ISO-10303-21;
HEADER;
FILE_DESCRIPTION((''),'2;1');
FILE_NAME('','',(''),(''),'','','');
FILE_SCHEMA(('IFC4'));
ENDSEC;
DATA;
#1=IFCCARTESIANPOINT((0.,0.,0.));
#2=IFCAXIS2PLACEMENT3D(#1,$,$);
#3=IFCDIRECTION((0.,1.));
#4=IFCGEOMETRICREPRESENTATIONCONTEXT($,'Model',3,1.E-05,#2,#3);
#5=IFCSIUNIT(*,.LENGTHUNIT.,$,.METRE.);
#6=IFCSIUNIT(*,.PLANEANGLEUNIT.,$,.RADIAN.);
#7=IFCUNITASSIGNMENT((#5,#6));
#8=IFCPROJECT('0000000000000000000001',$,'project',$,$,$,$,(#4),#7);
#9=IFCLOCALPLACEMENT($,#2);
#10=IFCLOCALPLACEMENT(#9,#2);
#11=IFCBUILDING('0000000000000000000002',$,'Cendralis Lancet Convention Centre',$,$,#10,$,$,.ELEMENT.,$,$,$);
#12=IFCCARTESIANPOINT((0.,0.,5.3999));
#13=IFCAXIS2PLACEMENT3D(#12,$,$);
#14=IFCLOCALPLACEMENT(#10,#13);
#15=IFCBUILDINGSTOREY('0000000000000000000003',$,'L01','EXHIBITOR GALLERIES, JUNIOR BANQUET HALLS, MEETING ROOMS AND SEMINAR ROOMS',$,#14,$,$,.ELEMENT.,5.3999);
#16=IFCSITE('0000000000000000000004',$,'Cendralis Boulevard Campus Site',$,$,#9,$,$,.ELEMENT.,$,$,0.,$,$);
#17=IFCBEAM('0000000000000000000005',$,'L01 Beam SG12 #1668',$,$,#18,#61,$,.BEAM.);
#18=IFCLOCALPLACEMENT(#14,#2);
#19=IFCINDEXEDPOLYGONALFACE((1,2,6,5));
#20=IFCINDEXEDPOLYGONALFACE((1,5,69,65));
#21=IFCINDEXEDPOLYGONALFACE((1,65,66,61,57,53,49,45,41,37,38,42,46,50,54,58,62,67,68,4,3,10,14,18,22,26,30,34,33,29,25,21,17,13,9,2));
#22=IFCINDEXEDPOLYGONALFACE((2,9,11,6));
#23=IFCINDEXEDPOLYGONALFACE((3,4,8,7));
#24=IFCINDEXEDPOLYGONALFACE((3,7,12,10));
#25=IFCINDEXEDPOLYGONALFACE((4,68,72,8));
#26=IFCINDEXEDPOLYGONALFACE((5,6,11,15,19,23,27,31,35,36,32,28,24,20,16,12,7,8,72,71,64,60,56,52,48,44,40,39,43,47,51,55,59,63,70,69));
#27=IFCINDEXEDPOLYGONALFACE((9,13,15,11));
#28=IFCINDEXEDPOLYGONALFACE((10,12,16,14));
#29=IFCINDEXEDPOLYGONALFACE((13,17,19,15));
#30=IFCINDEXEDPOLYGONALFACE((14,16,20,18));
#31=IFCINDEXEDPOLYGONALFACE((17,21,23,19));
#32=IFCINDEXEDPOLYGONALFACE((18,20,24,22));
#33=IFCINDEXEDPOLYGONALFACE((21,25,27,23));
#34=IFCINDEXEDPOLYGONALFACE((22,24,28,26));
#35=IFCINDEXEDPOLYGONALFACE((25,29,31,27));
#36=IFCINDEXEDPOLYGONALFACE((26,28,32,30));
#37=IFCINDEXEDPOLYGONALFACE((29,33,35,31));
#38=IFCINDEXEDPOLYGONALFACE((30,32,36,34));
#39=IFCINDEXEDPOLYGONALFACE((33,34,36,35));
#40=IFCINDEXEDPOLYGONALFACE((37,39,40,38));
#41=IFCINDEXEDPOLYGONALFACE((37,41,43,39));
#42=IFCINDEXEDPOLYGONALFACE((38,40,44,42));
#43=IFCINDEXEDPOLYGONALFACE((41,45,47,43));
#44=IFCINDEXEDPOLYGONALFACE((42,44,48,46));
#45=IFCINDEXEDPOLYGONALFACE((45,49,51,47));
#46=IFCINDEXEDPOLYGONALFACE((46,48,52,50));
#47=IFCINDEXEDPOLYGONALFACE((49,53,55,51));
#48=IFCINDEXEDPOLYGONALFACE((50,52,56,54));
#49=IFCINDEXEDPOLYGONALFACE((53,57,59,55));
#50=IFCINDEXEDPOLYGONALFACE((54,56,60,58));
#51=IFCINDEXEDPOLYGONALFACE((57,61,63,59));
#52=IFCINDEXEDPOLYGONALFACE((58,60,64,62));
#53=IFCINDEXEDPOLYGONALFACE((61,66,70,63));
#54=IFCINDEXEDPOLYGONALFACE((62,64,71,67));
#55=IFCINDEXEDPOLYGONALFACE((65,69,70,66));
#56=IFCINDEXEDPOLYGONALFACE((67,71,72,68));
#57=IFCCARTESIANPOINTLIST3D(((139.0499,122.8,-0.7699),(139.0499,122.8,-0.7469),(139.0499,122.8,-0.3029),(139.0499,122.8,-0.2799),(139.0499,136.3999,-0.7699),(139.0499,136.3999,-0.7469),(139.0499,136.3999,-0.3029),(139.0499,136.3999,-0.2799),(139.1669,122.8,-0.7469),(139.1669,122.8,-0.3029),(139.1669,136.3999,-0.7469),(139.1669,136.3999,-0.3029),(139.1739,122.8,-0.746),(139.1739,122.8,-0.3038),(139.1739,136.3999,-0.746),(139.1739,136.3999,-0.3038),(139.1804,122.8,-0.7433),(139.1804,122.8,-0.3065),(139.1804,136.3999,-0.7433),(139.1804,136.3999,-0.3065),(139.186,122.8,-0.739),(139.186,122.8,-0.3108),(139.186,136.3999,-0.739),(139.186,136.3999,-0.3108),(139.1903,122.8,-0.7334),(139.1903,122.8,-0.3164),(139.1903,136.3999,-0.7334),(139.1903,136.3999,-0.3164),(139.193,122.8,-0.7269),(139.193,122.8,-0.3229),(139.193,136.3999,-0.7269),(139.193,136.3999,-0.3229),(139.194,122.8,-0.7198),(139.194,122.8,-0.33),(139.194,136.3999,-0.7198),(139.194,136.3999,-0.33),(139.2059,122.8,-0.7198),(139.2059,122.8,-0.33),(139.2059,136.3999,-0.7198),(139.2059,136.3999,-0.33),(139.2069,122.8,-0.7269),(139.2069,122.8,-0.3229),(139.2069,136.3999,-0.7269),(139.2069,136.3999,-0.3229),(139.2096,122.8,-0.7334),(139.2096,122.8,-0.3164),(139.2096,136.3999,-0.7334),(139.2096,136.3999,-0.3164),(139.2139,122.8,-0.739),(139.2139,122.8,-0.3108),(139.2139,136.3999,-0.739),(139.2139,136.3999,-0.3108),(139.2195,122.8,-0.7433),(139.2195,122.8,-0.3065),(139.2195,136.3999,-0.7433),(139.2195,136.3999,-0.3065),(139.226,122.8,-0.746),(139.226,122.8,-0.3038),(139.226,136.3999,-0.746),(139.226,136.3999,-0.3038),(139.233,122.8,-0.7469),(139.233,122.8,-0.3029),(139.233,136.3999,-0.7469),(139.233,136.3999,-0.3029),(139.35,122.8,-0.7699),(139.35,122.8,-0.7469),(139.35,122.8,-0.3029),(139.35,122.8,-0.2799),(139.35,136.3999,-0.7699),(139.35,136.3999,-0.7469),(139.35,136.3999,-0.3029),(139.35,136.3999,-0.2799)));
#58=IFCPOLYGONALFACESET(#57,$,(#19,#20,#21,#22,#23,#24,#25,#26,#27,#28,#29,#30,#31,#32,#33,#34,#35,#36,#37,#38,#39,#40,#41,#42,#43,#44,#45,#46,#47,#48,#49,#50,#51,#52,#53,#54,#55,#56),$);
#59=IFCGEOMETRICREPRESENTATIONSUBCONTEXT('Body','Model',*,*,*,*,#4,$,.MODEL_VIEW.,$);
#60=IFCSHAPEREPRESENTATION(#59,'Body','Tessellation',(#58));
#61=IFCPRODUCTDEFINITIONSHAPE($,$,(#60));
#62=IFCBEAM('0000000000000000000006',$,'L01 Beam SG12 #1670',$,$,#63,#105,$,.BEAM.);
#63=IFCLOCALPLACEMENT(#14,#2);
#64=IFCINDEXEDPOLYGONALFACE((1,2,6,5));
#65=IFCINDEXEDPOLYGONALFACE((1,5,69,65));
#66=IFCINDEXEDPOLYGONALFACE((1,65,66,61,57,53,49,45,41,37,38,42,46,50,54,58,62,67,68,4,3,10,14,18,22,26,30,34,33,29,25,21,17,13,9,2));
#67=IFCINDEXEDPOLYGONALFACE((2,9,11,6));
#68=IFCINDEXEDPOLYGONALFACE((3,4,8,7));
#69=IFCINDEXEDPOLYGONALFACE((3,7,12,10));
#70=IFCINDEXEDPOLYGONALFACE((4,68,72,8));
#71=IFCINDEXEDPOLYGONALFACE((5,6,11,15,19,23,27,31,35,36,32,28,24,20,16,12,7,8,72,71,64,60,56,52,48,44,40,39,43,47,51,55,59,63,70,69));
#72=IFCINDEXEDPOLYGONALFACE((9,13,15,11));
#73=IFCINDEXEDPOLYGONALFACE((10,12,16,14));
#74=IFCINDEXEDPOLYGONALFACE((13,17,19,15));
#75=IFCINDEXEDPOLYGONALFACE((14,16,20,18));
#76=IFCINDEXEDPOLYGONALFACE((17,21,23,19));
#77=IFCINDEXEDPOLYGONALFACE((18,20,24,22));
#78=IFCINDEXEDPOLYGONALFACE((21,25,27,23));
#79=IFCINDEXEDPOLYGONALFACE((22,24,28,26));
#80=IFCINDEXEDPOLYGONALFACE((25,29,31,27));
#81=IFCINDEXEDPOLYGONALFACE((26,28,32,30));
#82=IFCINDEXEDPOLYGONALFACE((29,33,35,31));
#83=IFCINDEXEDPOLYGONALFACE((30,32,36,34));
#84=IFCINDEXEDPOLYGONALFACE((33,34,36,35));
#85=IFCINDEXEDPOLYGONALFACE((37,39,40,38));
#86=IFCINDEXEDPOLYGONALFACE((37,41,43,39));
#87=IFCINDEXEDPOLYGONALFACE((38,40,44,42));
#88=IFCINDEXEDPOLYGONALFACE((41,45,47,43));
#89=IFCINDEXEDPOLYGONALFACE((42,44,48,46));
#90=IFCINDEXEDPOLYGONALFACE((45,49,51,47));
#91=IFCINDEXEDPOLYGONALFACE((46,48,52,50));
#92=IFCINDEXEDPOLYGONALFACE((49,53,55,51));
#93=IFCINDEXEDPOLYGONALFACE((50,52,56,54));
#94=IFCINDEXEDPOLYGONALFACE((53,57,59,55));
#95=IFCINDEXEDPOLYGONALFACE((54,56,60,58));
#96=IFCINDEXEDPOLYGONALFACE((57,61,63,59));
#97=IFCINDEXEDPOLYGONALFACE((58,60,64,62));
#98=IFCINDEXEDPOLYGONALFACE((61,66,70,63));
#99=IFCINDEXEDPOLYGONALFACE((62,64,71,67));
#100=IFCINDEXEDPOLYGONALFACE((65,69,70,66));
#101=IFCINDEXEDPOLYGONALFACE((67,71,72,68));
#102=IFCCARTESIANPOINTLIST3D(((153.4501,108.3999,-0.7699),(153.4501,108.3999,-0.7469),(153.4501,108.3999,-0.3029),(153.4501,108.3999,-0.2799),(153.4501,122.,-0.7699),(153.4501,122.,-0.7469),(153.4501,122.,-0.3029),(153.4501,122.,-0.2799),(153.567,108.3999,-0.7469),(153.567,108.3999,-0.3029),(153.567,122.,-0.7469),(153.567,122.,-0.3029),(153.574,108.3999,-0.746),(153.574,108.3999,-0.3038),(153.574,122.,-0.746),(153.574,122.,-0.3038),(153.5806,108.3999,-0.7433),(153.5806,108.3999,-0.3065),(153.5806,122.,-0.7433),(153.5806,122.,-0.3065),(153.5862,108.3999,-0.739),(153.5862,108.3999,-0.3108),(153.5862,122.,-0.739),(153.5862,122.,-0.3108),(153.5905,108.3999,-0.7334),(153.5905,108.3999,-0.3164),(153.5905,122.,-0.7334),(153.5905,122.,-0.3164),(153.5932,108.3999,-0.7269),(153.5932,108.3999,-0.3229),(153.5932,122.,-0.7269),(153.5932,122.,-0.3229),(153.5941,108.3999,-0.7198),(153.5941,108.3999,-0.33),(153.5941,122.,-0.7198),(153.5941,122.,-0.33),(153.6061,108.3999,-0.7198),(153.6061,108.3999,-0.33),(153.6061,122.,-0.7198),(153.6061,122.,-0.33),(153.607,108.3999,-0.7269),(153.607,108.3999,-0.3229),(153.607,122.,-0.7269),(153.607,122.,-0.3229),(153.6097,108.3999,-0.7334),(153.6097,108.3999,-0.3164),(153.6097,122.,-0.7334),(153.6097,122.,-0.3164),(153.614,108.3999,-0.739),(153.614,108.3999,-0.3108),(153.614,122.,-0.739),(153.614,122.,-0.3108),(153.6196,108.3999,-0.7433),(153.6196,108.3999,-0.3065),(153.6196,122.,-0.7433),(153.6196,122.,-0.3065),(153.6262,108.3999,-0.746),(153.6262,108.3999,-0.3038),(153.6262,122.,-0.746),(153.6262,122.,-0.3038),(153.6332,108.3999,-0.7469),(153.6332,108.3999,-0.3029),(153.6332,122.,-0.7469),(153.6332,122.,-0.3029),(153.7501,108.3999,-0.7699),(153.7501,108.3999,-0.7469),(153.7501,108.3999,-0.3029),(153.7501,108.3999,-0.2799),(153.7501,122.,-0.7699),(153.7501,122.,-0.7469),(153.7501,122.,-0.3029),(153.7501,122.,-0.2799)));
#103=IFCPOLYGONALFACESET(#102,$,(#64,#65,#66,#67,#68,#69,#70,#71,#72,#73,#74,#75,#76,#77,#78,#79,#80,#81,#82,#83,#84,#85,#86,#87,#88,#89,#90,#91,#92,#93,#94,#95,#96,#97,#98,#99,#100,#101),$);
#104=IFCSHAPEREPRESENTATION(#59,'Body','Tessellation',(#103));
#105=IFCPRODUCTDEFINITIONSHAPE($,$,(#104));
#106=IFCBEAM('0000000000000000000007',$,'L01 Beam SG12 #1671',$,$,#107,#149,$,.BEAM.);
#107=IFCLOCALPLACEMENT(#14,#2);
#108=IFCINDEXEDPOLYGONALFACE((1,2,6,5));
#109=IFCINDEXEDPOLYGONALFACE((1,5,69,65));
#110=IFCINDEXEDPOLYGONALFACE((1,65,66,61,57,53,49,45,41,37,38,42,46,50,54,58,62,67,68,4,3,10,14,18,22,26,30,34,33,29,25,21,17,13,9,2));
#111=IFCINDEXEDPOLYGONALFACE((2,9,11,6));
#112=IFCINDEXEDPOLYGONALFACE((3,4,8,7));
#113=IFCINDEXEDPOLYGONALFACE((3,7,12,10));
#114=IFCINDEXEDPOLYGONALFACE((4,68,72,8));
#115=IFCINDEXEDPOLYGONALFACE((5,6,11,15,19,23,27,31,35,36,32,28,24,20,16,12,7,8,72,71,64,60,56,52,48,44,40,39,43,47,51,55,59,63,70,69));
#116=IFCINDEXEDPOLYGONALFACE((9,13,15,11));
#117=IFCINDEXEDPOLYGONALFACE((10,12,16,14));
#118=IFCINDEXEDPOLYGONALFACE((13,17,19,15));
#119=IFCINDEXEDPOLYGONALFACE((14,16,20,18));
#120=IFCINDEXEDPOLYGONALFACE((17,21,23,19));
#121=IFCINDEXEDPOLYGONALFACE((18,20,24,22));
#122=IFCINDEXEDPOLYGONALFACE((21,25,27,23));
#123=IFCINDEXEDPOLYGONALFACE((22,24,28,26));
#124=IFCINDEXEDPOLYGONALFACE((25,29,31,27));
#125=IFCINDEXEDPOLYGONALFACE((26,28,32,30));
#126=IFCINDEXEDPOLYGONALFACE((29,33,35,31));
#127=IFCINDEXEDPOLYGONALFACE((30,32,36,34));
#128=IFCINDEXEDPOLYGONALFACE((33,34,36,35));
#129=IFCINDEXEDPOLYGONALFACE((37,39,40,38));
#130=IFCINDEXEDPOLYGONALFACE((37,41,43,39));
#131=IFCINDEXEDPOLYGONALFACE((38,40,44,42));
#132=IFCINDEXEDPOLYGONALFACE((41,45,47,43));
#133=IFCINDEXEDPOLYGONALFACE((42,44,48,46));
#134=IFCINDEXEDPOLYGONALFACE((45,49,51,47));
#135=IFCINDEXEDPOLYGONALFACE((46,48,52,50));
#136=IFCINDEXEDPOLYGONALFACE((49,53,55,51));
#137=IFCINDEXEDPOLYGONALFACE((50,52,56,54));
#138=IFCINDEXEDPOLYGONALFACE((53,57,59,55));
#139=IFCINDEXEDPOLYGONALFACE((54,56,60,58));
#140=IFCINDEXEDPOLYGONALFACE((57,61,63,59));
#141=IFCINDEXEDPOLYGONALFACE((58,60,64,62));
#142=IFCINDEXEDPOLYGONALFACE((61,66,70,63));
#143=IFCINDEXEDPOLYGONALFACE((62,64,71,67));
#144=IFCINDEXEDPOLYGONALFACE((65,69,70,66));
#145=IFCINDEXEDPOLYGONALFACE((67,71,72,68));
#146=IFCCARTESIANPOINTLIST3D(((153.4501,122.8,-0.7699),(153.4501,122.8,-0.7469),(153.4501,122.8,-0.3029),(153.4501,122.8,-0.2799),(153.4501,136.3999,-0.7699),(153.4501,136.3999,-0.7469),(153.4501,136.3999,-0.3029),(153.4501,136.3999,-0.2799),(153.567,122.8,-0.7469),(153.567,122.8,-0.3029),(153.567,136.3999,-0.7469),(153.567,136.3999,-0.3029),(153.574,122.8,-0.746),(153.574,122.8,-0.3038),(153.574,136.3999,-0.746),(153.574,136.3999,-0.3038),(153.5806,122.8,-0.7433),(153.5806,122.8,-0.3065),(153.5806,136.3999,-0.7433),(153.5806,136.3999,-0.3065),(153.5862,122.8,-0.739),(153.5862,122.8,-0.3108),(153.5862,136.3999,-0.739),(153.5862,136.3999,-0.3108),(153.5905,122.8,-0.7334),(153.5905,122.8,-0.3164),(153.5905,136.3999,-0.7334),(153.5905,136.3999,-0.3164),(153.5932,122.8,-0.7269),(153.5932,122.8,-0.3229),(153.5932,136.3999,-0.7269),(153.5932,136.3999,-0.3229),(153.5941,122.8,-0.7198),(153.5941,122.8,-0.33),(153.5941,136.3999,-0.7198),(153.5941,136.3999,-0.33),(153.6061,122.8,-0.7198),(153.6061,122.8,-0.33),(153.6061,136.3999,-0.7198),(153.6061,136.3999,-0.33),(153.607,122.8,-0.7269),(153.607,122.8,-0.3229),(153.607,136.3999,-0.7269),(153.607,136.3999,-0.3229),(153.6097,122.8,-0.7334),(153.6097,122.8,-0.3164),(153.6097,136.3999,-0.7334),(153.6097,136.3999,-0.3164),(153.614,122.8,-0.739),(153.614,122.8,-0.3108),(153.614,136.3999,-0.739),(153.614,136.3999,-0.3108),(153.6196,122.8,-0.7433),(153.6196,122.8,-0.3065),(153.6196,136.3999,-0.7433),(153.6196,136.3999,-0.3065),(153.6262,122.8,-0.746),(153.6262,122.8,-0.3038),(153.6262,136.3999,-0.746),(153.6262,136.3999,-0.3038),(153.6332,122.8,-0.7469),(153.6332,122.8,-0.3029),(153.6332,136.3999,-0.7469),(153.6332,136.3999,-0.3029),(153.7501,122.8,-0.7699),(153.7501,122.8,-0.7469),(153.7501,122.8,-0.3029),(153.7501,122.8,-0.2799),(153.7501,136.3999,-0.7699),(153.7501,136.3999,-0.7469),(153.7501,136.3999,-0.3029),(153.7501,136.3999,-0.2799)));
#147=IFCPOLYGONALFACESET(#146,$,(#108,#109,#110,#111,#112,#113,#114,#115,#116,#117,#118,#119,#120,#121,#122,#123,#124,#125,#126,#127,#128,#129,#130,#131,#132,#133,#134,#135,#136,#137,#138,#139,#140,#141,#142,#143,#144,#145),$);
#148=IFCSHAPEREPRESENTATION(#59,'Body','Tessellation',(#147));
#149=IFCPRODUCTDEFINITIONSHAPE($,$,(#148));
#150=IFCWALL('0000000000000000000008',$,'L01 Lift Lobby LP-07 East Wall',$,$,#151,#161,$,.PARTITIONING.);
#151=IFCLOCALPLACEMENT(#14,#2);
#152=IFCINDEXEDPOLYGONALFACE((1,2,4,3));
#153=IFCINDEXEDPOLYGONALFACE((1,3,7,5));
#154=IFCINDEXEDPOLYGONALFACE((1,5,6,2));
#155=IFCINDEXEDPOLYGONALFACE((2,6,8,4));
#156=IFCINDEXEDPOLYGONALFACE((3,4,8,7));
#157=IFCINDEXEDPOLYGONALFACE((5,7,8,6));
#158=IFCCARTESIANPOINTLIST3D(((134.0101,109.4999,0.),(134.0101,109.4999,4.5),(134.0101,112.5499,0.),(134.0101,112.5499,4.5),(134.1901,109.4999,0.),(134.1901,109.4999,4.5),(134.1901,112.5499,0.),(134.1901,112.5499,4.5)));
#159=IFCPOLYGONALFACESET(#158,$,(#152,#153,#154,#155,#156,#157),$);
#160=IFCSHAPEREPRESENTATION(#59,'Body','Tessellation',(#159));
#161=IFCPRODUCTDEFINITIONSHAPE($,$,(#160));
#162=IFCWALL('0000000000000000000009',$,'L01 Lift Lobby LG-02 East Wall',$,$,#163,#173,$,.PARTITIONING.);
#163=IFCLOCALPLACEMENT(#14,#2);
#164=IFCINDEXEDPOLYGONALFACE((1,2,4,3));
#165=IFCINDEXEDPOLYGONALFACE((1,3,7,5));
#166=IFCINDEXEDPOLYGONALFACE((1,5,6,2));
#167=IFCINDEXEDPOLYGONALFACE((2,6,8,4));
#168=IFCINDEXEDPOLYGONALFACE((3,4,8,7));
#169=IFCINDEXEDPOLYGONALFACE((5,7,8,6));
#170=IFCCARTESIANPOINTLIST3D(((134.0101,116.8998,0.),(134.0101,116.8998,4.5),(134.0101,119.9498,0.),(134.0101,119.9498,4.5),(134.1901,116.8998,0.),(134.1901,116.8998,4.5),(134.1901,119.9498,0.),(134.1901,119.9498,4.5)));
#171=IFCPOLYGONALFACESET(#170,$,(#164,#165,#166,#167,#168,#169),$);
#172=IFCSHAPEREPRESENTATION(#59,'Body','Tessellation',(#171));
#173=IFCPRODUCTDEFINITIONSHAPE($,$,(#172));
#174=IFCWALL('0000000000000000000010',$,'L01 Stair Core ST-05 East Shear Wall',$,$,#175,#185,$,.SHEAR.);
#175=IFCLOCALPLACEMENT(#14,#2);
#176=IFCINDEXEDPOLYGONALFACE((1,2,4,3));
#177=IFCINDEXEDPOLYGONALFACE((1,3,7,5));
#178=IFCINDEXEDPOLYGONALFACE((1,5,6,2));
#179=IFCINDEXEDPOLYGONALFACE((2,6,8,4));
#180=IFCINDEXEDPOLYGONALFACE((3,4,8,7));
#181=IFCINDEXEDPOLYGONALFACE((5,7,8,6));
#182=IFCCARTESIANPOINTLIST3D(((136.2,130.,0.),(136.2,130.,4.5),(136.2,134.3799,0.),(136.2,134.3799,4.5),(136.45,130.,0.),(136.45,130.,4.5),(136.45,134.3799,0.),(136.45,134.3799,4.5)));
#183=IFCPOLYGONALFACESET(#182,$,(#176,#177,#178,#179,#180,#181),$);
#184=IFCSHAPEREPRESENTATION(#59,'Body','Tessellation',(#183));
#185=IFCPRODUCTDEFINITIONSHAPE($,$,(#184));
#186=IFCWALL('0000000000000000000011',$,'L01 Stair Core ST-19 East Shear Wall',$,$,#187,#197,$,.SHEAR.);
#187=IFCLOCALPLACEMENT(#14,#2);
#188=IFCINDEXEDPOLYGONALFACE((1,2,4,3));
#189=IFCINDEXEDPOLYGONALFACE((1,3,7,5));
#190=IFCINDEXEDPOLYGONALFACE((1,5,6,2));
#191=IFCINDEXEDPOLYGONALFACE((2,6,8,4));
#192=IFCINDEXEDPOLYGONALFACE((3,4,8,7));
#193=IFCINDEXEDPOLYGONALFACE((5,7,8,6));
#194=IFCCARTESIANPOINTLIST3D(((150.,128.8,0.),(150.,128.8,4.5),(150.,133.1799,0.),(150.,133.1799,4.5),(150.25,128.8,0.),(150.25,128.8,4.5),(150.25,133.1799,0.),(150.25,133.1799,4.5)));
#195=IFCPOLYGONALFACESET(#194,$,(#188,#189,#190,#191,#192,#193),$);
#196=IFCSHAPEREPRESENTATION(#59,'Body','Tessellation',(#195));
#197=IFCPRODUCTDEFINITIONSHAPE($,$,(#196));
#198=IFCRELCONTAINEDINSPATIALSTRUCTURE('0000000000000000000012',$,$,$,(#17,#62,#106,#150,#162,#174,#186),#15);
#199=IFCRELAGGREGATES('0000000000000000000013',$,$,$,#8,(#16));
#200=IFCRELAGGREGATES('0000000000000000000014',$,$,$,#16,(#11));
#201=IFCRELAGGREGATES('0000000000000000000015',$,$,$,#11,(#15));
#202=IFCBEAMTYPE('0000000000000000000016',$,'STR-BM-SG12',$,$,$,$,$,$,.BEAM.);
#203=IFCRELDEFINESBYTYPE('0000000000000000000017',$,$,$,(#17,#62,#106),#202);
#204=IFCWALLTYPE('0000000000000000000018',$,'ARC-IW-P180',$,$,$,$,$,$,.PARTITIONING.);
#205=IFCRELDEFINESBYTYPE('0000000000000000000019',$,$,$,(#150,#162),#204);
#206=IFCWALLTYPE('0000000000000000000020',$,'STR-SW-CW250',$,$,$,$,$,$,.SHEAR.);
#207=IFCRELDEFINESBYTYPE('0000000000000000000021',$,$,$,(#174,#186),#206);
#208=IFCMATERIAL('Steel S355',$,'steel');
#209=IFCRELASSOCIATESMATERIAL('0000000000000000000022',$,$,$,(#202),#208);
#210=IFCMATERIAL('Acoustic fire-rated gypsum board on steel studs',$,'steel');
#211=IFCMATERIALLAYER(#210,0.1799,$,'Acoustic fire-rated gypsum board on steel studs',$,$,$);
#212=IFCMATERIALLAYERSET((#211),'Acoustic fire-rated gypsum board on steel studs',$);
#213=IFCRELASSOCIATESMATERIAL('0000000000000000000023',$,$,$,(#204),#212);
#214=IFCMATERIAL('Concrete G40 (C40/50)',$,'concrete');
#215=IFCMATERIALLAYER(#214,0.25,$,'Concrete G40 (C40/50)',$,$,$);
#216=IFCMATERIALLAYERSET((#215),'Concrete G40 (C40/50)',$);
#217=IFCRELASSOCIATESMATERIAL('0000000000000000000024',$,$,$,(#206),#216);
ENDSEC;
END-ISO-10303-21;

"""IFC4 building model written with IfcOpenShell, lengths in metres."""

from ifc_helpers import new_model, si_unit, direction, frame, frame_2d, origin, origin_2d, place, context, subcontext, project, spatial, rectangle, i_section, extrude, material, layer, layer_set, material_profile, profile_set, type_object, element, save


model = new_model("IFC4")

# Units and contexts
model_context = context("Model", 3, precision=1e-05, world=origin(), true_north=direction((0.0, 1.0)))
body_context = subcontext(model_context, "Body", "Model", "MODEL_VIEW")
ifc_project = project(units=[si_unit("LENGTHUNIT", "METRE"), si_unit("PLANEANGLEUNIT", "RADIAN")], contexts=[model_context])

# Site, building, storey
site_placement = place(None, origin())
site = spatial("IfcSite", under=ifc_project, at=site_placement, Name="Cendralis Boulevard Campus Site", CompositionType="ELEMENT", RefElevation=0.0)
building_placement = place(site_placement, origin())
building = spatial("IfcBuilding", under=site, at=building_placement, Name="Cendralis Lancet Convention Centre", CompositionType="ELEMENT")
storey_placement = place(building_placement, frame((0.0, 0.0, 5.3999)))
storey = spatial("IfcBuildingStorey", under=building, at=storey_placement, Name="L01", Description="EXHIBITOR GALLERIES, JUNIOR BANQUET HALLS, MEETING ROOMS AND SEMINAR ROOMS", CompositionType="ELEMENT", Elevation=5.3999)

# Shared definitions
ifc_material_1 = material(Name="Steel S355", Category="steel")

# Beams
ifc_material_2 = material(Name="Concrete G40 (C40/50)", Category="concrete")
ifc_material_profile_1 = material_profile(ifc_material_1, i_section(OverallWidth=0.3, OverallDepth=0.49, WebThickness=0.012, FlangeThickness=0.0229, FilletRadius=0.0271, at=origin_2d()), Name="HEA 500")
ifc_profile_set_1 = profile_set([ifc_material_profile_1], Name="Steel S355")
beam_type_1 = type_object("IfcBeamType", Name="STR-BM-SG12", PredefinedType="BEAM", material=ifc_profile_set_1)
beam_1_placement = place(storey_placement, frame((139.2, 122.8, -0.5249), z_axis=(0.0, 1.0, 0.0), x_axis=(-1.0, 0.0, 0.0)))
element("IfcBeam", 1, at=beam_1_placement, inside=storey, type_object=beam_type_1, Name="L01 Beam SG12 #1668", PredefinedType="BEAM", context=body_context, shape_type="SweptSolid", body=[
    extrude(i_section(OverallWidth=0.3, OverallDepth=0.49, WebThickness=0.012, FlangeThickness=0.0229, FilletRadius=0.0271, at=origin_2d()), origin(), (0.0, 0.0, 1.0), 13.5999),
])
beam_2_placement = place(storey_placement, frame((153.6001, 108.3999, -0.5249), z_axis=(0.0, 1.0, 0.0), x_axis=(-1.0, 0.0, 0.0)))
element("IfcBeam", 2, at=beam_2_placement, inside=storey, type_object=beam_type_1, Name="L01 Beam SG12 #1670", PredefinedType="BEAM", context=body_context, shape_type="SweptSolid", body=[
    extrude(i_section(OverallWidth=0.3, OverallDepth=0.49, WebThickness=0.012, FlangeThickness=0.0229, FilletRadius=0.0271, at=origin_2d()), origin(), (0.0, 0.0, 1.0), 13.6001),
])
beam_3_placement = place(storey_placement, frame((153.6001, 122.8, -0.5249), z_axis=(0.0, 1.0, 0.0), x_axis=(-1.0, 0.0, 0.0)))
element("IfcBeam", 3, at=beam_3_placement, inside=storey, type_object=beam_type_1, Name="L01 Beam SG12 #1671", PredefinedType="BEAM", context=body_context, shape_type="SweptSolid", body=[
    extrude(i_section(OverallWidth=0.3, OverallDepth=0.49, WebThickness=0.012, FlangeThickness=0.0229, FilletRadius=0.0271, at=origin_2d()), origin(), (0.0, 0.0, 1.0), 13.5999),
])

# Wall
ifc_material_3 = material(Name="Acoustic fire-rated gypsum board on steel studs", Category="steel")
ifc_layer_1 = layer(ifc_material_3, 0.1799, Name="Acoustic fire-rated gypsum board on steel studs")
ifc_layer_set_1 = layer_set([ifc_layer_1], Name="Acoustic fire-rated gypsum board on steel studs")
wall_type_1 = type_object("IfcWallType", Name="ARC-IW-P180", PredefinedType="PARTITIONING", material=ifc_layer_set_1)
wall_1_placement = place(storey_placement, frame((134.1001, 109.5, 0.0), z_axis=(0.0, 0.0, 1.0), x_axis=(0.0, 1.0, 0.0)))
element("IfcWall", 4, at=wall_1_placement, inside=storey, type_object=wall_type_1, Name="L01 Lift Lobby LP-07 East Wall", PredefinedType="PARTITIONING", context=body_context, shape_type="SweptSolid", body=[
    extrude(rectangle(XDim=3.05, YDim=0.1799, at=frame_2d((1.5249, 0.0))), origin(), (0.0, 0.0, 1.0), 4.5),
])

# Walls
wall_2_placement = place(storey_placement, frame((134.1001, 116.8999, 0.0), z_axis=(0.0, 0.0, 1.0), x_axis=(0.0, 1.0, 0.0)))
element("IfcWall", 5, at=wall_2_placement, inside=storey, type_object=wall_type_1, Name="L01 Lift Lobby LG-02 East Wall", PredefinedType="PARTITIONING", context=body_context, shape_type="SweptSolid", body=[
    extrude(rectangle(XDim=3.05, YDim=0.1799, at=frame_2d((1.5249, 0.0))), origin(), (0.0, 0.0, 1.0), 4.5),
])
ifc_layer_2 = layer(ifc_material_2, 0.25, Name="Concrete G40 (C40/50)")
ifc_layer_set_2 = layer_set([ifc_layer_2], Name="Concrete G40 (C40/50)")
wall_type_2 = type_object("IfcWallType", Name="STR-SW-CW250", PredefinedType="SHEAR", material=ifc_layer_set_2)
wall_3_placement = place(storey_placement, frame((136.325, 130.0, 0.0), z_axis=(0.0, 0.0, 1.0), x_axis=(0.0, 1.0, 0.0)))
element("IfcWall", 6, at=wall_3_placement, inside=storey, type_object=wall_type_2, Name="L01 Stair Core ST-05 East Shear Wall", PredefinedType="SHEAR", context=body_context, shape_type="SweptSolid", body=[
    extrude(rectangle(XDim=4.3799, YDim=0.25, at=frame_2d((2.1899, 0.0))), origin(), (0.0, 0.0, 1.0), 4.5),
])

# Wall
wall_4_placement = place(storey_placement, frame((150.125, 128.8, 0.0), z_axis=(0.0, 0.0, 1.0), x_axis=(0.0, 1.0, 0.0)))
element("IfcWall", 7, at=wall_4_placement, inside=storey, type_object=wall_type_2, Name="L01 Stair Core ST-19 East Shear Wall", PredefinedType="SHEAR", context=body_context, shape_type="SweptSolid", body=[
    extrude(rectangle(XDim=4.3799, YDim=0.25, at=frame_2d((2.1899, 0.0))), origin(), (0.0, 0.0, 1.0), 4.5),
])

save(model, "model.ifc")
